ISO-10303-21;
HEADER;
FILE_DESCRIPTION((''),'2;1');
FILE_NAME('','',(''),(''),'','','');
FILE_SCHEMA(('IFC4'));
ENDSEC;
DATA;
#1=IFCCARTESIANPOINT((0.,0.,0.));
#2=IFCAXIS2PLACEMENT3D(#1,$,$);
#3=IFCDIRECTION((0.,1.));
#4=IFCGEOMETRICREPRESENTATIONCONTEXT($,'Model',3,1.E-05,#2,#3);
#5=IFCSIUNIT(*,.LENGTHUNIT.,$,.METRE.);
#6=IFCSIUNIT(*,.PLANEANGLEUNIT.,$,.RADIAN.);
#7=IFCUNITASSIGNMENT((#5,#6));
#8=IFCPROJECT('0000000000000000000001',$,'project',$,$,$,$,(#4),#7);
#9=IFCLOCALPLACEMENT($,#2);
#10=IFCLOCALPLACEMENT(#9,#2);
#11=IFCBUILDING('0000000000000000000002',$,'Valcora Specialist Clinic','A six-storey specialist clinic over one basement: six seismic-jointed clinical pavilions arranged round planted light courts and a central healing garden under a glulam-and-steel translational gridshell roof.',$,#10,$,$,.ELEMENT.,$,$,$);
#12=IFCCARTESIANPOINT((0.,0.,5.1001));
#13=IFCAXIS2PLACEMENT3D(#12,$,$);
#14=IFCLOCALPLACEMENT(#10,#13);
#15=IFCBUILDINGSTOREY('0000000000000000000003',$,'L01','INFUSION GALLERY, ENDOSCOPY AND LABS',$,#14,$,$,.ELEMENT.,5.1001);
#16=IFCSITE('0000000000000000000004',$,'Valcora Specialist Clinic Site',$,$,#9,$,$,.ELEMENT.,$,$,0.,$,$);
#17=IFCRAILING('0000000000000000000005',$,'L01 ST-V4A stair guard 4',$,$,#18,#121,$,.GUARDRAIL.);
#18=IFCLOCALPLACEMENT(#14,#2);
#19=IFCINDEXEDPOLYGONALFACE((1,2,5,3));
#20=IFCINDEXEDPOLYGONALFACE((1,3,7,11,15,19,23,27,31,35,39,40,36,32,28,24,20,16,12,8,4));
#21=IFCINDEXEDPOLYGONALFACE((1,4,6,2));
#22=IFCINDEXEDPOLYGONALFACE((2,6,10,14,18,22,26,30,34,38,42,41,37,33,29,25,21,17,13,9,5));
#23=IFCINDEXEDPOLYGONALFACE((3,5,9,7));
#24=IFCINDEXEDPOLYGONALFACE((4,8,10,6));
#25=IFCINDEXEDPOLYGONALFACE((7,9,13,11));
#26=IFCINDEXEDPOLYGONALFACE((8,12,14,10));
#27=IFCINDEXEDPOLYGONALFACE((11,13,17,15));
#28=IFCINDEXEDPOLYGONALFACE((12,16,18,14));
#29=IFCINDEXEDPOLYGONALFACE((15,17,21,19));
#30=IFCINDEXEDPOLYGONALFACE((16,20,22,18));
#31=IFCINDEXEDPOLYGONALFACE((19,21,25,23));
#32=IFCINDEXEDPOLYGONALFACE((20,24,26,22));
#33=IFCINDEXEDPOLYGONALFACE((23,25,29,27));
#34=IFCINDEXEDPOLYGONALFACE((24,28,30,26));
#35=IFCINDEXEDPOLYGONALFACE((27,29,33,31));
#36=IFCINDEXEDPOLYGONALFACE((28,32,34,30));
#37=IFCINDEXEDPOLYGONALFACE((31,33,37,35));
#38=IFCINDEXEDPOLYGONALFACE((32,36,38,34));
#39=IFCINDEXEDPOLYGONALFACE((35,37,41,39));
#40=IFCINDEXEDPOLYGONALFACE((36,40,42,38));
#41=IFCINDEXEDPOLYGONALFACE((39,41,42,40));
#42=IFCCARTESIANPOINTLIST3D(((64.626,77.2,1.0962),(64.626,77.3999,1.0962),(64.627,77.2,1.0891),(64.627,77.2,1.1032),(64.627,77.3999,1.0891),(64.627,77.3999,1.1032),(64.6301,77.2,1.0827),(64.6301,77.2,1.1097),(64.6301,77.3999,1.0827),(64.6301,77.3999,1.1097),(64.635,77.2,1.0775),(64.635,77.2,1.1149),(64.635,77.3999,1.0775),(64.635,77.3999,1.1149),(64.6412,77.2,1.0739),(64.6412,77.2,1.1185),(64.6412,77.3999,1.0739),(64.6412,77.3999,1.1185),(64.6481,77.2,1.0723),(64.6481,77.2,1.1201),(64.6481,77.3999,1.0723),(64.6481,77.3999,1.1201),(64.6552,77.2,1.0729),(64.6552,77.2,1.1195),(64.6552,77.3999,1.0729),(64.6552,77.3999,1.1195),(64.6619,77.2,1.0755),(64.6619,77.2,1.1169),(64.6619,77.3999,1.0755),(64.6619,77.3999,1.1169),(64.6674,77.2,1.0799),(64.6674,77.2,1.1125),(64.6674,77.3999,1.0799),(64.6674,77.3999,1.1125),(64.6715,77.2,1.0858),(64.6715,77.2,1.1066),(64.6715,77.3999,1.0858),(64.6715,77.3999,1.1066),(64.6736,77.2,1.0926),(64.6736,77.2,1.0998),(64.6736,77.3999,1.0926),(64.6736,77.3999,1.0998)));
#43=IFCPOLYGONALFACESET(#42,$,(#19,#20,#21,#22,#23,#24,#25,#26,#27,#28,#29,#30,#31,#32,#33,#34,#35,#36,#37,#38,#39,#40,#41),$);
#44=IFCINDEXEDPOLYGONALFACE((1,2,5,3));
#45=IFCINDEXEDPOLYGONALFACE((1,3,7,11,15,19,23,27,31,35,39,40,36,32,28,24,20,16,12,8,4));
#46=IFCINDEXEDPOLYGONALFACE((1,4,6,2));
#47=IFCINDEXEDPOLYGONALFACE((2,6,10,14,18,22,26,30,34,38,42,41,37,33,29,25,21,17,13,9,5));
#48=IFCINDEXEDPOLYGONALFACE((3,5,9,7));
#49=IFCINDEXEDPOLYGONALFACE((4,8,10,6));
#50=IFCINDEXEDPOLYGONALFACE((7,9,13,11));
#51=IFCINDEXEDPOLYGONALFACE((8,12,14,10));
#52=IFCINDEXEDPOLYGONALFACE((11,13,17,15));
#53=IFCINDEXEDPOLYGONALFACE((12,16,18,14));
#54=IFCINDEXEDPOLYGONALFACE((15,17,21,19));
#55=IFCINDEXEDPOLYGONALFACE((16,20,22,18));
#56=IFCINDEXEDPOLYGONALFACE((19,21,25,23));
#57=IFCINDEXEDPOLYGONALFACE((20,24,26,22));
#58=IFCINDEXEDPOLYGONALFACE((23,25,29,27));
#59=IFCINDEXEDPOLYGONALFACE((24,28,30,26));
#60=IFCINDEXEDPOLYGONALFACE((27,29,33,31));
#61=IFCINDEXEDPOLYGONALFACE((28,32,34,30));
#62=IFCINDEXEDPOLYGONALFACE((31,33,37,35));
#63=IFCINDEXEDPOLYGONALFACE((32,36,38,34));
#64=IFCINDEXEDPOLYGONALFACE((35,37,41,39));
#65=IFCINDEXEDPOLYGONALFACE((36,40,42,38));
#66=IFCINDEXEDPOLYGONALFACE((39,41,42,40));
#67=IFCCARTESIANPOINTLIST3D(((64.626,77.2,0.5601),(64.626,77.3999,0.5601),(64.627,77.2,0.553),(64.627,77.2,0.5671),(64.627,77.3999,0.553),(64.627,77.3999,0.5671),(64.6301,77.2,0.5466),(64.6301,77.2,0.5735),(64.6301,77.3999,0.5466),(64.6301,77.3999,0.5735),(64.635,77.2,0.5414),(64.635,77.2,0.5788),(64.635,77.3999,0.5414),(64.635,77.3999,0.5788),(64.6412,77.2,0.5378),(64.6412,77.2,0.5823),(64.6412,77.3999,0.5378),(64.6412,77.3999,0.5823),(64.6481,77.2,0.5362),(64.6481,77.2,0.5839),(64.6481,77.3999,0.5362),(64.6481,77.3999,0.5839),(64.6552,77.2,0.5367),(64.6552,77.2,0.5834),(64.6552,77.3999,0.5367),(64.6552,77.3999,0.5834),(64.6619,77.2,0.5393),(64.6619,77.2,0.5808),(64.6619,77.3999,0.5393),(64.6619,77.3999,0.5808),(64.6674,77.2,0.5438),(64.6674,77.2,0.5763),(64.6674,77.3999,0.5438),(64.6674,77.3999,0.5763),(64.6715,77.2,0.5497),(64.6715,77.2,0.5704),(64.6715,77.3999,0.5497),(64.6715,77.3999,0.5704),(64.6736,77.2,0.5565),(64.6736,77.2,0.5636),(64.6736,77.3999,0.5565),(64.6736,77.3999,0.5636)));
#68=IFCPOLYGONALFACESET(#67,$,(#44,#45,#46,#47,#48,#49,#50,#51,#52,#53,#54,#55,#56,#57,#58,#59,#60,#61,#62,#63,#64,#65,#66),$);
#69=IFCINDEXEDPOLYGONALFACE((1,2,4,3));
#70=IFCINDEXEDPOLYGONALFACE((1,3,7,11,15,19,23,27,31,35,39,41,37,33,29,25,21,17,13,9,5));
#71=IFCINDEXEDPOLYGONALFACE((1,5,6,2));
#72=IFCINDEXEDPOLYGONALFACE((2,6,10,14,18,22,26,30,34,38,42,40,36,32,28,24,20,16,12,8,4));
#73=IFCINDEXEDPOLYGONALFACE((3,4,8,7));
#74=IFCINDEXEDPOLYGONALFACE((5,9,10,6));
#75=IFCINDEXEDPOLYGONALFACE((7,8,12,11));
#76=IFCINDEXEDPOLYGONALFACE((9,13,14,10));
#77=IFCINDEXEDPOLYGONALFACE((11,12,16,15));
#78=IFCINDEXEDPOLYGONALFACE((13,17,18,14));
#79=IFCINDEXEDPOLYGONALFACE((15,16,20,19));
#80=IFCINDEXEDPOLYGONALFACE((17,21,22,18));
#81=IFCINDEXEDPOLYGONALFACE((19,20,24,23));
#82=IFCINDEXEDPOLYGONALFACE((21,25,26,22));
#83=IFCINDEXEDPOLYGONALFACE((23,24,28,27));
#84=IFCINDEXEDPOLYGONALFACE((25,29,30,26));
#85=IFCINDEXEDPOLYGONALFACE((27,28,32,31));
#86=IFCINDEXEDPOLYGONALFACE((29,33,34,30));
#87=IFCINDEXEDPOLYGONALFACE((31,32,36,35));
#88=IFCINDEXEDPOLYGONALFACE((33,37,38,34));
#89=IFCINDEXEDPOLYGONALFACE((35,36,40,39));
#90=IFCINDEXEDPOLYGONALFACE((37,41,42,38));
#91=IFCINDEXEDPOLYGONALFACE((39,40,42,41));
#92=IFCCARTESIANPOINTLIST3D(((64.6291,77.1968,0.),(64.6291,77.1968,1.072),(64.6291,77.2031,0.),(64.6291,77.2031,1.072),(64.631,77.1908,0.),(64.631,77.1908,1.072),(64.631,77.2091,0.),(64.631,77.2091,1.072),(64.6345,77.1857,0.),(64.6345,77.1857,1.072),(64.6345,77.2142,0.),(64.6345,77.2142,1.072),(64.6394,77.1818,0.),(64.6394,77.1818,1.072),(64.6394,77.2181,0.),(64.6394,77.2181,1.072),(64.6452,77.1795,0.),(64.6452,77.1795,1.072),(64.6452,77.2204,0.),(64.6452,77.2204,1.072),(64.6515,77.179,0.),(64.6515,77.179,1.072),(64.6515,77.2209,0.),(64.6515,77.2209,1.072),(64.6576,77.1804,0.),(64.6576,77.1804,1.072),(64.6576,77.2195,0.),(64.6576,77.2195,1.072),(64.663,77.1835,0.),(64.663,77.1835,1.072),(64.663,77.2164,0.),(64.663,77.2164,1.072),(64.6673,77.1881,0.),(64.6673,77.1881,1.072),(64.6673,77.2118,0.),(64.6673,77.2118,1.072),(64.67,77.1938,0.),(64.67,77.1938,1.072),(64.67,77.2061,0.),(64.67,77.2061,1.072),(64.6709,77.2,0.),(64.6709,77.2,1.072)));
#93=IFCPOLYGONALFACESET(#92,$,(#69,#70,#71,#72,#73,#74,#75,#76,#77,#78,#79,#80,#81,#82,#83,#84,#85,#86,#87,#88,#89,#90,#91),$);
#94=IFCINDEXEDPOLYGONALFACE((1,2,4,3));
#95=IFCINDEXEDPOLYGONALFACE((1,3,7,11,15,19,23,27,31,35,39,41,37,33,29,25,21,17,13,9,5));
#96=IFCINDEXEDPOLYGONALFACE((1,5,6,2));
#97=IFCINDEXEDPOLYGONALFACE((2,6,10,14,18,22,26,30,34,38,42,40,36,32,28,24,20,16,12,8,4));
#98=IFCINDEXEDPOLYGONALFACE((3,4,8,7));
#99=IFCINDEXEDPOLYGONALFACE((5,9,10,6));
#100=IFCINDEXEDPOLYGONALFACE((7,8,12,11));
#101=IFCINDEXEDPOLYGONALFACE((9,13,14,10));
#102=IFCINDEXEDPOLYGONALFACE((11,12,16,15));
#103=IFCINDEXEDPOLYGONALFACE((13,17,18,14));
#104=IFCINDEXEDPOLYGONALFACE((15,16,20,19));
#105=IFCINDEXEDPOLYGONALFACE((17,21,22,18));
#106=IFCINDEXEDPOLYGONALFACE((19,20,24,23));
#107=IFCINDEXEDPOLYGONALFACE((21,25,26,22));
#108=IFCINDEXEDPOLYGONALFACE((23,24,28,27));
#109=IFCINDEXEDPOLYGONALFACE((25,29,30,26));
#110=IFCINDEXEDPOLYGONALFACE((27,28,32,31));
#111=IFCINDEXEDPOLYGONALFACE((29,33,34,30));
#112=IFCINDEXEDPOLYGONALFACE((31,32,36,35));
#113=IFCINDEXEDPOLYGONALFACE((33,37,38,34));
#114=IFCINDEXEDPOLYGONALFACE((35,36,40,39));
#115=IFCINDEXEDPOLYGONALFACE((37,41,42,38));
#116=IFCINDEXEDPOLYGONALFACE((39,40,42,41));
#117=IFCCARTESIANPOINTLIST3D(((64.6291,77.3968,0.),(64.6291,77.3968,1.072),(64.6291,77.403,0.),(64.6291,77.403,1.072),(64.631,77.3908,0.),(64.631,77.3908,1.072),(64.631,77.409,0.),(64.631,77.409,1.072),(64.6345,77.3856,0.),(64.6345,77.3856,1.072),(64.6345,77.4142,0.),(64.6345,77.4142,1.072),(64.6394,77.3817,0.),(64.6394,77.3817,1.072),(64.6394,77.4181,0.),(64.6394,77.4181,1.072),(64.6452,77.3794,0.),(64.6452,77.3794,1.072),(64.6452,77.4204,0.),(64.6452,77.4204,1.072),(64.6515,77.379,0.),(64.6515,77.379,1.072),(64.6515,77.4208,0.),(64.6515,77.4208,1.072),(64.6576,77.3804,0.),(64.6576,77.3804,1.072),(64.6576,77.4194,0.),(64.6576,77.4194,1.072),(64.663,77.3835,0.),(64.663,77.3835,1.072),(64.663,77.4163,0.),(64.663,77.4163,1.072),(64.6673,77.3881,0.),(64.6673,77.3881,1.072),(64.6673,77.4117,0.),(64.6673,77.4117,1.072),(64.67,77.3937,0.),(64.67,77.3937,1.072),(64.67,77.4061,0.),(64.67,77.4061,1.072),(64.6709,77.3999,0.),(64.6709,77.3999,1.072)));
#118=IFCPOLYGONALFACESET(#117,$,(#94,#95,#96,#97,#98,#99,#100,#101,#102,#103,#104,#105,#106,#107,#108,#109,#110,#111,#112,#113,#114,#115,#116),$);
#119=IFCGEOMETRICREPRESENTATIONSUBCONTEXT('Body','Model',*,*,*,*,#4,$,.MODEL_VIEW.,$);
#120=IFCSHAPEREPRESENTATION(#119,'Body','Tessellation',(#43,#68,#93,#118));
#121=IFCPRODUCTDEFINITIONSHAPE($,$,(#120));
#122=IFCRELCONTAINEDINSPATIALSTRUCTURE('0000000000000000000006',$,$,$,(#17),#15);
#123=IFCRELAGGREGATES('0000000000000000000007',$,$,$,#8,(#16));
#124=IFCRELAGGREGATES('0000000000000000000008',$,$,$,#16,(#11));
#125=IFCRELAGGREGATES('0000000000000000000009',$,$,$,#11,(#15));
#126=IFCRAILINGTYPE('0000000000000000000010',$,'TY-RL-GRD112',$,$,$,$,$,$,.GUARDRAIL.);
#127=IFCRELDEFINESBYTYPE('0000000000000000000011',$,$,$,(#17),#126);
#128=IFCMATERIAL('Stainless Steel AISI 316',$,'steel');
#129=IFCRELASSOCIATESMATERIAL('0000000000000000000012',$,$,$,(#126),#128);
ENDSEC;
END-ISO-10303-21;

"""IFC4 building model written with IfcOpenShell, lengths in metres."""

from ifc_helpers import new_model, si_unit, direction, frame, origin, origin_2d, place, context, subcontext, project, spatial, circle, extrude, material, type_object, element, save


model = new_model("IFC4")

# Units and contexts
model_context = context("Model", 3, precision=1e-05, world=origin(), true_north=direction((0.0, 1.0)))
body_context = subcontext(model_context, "Body", "Model", "MODEL_VIEW")
ifc_project = project(units=[si_unit("LENGTHUNIT", "METRE"), si_unit("PLANEANGLEUNIT", "RADIAN")], contexts=[model_context])

# Site, building, storey
site_placement = place(None, origin())
site = spatial("IfcSite", under=ifc_project, at=site_placement, Name="Valcora Specialist Clinic Site", CompositionType="ELEMENT", RefElevation=0.0)
building_placement = place(site_placement, origin())
building = spatial("IfcBuilding", under=site, at=building_placement, Name="Valcora Specialist Clinic", Description="A six-storey specialist clinic over one basement: six seismic-jointed clinical pavilions arranged round planted light courts and a central healing garden under a glulam-and-steel translational gridshell roof.", CompositionType="ELEMENT")
storey_placement = place(building_placement, frame((0.0, 0.0, 5.1001)))
storey = spatial("IfcBuildingStorey", under=building, at=storey_placement, Name="L01", Description="INFUSION GALLERY, ENDOSCOPY AND LABS", CompositionType="ELEMENT", Elevation=5.1001)

# Railing
ifc_material_1 = material(Name="Stainless Steel AISI 316", Category="steel")
railing_type_1 = type_object("IfcRailingType", Name="TY-RL-GRD112", PredefinedType="GUARDRAIL", material=ifc_material_1)
railing_1_placement = place(storey_placement, frame((64.6499, 77.2, 0.0)))
element("IfcRailing", 1, at=railing_1_placement, inside=storey, type_object=railing_type_1, Name="L01 ST-V4A stair guard 4", PredefinedType="GUARDRAIL", context=body_context, shape_type="SweptSolid", body=[
    extrude(circle(Radius=0.0239, at=origin_2d()), frame((0.0, 0.0, 1.0962), z_axis=(0.0, 1.0, 0.0), x_axis=(-1.0, 0.0, 0.0)), (0.0, 0.0, 1.0), 0.2),
    extrude(circle(Radius=0.0239, at=origin_2d()), frame((0.0, 0.0, 0.5601), z_axis=(0.0, 1.0, 0.0), x_axis=(-1.0, 0.0, 0.0)), (0.0, 0.0, 1.0), 0.2),
    extrude(circle(Radius=0.021, at=origin_2d()), origin(), (0.0, 0.0, 1.0), 1.072),
    extrude(circle(Radius=0.021, at=origin_2d()), frame((0.0, 0.2, 0.0)), (0.0, 0.0, 1.0), 1.072),
])

save(model, "model.ifc")
